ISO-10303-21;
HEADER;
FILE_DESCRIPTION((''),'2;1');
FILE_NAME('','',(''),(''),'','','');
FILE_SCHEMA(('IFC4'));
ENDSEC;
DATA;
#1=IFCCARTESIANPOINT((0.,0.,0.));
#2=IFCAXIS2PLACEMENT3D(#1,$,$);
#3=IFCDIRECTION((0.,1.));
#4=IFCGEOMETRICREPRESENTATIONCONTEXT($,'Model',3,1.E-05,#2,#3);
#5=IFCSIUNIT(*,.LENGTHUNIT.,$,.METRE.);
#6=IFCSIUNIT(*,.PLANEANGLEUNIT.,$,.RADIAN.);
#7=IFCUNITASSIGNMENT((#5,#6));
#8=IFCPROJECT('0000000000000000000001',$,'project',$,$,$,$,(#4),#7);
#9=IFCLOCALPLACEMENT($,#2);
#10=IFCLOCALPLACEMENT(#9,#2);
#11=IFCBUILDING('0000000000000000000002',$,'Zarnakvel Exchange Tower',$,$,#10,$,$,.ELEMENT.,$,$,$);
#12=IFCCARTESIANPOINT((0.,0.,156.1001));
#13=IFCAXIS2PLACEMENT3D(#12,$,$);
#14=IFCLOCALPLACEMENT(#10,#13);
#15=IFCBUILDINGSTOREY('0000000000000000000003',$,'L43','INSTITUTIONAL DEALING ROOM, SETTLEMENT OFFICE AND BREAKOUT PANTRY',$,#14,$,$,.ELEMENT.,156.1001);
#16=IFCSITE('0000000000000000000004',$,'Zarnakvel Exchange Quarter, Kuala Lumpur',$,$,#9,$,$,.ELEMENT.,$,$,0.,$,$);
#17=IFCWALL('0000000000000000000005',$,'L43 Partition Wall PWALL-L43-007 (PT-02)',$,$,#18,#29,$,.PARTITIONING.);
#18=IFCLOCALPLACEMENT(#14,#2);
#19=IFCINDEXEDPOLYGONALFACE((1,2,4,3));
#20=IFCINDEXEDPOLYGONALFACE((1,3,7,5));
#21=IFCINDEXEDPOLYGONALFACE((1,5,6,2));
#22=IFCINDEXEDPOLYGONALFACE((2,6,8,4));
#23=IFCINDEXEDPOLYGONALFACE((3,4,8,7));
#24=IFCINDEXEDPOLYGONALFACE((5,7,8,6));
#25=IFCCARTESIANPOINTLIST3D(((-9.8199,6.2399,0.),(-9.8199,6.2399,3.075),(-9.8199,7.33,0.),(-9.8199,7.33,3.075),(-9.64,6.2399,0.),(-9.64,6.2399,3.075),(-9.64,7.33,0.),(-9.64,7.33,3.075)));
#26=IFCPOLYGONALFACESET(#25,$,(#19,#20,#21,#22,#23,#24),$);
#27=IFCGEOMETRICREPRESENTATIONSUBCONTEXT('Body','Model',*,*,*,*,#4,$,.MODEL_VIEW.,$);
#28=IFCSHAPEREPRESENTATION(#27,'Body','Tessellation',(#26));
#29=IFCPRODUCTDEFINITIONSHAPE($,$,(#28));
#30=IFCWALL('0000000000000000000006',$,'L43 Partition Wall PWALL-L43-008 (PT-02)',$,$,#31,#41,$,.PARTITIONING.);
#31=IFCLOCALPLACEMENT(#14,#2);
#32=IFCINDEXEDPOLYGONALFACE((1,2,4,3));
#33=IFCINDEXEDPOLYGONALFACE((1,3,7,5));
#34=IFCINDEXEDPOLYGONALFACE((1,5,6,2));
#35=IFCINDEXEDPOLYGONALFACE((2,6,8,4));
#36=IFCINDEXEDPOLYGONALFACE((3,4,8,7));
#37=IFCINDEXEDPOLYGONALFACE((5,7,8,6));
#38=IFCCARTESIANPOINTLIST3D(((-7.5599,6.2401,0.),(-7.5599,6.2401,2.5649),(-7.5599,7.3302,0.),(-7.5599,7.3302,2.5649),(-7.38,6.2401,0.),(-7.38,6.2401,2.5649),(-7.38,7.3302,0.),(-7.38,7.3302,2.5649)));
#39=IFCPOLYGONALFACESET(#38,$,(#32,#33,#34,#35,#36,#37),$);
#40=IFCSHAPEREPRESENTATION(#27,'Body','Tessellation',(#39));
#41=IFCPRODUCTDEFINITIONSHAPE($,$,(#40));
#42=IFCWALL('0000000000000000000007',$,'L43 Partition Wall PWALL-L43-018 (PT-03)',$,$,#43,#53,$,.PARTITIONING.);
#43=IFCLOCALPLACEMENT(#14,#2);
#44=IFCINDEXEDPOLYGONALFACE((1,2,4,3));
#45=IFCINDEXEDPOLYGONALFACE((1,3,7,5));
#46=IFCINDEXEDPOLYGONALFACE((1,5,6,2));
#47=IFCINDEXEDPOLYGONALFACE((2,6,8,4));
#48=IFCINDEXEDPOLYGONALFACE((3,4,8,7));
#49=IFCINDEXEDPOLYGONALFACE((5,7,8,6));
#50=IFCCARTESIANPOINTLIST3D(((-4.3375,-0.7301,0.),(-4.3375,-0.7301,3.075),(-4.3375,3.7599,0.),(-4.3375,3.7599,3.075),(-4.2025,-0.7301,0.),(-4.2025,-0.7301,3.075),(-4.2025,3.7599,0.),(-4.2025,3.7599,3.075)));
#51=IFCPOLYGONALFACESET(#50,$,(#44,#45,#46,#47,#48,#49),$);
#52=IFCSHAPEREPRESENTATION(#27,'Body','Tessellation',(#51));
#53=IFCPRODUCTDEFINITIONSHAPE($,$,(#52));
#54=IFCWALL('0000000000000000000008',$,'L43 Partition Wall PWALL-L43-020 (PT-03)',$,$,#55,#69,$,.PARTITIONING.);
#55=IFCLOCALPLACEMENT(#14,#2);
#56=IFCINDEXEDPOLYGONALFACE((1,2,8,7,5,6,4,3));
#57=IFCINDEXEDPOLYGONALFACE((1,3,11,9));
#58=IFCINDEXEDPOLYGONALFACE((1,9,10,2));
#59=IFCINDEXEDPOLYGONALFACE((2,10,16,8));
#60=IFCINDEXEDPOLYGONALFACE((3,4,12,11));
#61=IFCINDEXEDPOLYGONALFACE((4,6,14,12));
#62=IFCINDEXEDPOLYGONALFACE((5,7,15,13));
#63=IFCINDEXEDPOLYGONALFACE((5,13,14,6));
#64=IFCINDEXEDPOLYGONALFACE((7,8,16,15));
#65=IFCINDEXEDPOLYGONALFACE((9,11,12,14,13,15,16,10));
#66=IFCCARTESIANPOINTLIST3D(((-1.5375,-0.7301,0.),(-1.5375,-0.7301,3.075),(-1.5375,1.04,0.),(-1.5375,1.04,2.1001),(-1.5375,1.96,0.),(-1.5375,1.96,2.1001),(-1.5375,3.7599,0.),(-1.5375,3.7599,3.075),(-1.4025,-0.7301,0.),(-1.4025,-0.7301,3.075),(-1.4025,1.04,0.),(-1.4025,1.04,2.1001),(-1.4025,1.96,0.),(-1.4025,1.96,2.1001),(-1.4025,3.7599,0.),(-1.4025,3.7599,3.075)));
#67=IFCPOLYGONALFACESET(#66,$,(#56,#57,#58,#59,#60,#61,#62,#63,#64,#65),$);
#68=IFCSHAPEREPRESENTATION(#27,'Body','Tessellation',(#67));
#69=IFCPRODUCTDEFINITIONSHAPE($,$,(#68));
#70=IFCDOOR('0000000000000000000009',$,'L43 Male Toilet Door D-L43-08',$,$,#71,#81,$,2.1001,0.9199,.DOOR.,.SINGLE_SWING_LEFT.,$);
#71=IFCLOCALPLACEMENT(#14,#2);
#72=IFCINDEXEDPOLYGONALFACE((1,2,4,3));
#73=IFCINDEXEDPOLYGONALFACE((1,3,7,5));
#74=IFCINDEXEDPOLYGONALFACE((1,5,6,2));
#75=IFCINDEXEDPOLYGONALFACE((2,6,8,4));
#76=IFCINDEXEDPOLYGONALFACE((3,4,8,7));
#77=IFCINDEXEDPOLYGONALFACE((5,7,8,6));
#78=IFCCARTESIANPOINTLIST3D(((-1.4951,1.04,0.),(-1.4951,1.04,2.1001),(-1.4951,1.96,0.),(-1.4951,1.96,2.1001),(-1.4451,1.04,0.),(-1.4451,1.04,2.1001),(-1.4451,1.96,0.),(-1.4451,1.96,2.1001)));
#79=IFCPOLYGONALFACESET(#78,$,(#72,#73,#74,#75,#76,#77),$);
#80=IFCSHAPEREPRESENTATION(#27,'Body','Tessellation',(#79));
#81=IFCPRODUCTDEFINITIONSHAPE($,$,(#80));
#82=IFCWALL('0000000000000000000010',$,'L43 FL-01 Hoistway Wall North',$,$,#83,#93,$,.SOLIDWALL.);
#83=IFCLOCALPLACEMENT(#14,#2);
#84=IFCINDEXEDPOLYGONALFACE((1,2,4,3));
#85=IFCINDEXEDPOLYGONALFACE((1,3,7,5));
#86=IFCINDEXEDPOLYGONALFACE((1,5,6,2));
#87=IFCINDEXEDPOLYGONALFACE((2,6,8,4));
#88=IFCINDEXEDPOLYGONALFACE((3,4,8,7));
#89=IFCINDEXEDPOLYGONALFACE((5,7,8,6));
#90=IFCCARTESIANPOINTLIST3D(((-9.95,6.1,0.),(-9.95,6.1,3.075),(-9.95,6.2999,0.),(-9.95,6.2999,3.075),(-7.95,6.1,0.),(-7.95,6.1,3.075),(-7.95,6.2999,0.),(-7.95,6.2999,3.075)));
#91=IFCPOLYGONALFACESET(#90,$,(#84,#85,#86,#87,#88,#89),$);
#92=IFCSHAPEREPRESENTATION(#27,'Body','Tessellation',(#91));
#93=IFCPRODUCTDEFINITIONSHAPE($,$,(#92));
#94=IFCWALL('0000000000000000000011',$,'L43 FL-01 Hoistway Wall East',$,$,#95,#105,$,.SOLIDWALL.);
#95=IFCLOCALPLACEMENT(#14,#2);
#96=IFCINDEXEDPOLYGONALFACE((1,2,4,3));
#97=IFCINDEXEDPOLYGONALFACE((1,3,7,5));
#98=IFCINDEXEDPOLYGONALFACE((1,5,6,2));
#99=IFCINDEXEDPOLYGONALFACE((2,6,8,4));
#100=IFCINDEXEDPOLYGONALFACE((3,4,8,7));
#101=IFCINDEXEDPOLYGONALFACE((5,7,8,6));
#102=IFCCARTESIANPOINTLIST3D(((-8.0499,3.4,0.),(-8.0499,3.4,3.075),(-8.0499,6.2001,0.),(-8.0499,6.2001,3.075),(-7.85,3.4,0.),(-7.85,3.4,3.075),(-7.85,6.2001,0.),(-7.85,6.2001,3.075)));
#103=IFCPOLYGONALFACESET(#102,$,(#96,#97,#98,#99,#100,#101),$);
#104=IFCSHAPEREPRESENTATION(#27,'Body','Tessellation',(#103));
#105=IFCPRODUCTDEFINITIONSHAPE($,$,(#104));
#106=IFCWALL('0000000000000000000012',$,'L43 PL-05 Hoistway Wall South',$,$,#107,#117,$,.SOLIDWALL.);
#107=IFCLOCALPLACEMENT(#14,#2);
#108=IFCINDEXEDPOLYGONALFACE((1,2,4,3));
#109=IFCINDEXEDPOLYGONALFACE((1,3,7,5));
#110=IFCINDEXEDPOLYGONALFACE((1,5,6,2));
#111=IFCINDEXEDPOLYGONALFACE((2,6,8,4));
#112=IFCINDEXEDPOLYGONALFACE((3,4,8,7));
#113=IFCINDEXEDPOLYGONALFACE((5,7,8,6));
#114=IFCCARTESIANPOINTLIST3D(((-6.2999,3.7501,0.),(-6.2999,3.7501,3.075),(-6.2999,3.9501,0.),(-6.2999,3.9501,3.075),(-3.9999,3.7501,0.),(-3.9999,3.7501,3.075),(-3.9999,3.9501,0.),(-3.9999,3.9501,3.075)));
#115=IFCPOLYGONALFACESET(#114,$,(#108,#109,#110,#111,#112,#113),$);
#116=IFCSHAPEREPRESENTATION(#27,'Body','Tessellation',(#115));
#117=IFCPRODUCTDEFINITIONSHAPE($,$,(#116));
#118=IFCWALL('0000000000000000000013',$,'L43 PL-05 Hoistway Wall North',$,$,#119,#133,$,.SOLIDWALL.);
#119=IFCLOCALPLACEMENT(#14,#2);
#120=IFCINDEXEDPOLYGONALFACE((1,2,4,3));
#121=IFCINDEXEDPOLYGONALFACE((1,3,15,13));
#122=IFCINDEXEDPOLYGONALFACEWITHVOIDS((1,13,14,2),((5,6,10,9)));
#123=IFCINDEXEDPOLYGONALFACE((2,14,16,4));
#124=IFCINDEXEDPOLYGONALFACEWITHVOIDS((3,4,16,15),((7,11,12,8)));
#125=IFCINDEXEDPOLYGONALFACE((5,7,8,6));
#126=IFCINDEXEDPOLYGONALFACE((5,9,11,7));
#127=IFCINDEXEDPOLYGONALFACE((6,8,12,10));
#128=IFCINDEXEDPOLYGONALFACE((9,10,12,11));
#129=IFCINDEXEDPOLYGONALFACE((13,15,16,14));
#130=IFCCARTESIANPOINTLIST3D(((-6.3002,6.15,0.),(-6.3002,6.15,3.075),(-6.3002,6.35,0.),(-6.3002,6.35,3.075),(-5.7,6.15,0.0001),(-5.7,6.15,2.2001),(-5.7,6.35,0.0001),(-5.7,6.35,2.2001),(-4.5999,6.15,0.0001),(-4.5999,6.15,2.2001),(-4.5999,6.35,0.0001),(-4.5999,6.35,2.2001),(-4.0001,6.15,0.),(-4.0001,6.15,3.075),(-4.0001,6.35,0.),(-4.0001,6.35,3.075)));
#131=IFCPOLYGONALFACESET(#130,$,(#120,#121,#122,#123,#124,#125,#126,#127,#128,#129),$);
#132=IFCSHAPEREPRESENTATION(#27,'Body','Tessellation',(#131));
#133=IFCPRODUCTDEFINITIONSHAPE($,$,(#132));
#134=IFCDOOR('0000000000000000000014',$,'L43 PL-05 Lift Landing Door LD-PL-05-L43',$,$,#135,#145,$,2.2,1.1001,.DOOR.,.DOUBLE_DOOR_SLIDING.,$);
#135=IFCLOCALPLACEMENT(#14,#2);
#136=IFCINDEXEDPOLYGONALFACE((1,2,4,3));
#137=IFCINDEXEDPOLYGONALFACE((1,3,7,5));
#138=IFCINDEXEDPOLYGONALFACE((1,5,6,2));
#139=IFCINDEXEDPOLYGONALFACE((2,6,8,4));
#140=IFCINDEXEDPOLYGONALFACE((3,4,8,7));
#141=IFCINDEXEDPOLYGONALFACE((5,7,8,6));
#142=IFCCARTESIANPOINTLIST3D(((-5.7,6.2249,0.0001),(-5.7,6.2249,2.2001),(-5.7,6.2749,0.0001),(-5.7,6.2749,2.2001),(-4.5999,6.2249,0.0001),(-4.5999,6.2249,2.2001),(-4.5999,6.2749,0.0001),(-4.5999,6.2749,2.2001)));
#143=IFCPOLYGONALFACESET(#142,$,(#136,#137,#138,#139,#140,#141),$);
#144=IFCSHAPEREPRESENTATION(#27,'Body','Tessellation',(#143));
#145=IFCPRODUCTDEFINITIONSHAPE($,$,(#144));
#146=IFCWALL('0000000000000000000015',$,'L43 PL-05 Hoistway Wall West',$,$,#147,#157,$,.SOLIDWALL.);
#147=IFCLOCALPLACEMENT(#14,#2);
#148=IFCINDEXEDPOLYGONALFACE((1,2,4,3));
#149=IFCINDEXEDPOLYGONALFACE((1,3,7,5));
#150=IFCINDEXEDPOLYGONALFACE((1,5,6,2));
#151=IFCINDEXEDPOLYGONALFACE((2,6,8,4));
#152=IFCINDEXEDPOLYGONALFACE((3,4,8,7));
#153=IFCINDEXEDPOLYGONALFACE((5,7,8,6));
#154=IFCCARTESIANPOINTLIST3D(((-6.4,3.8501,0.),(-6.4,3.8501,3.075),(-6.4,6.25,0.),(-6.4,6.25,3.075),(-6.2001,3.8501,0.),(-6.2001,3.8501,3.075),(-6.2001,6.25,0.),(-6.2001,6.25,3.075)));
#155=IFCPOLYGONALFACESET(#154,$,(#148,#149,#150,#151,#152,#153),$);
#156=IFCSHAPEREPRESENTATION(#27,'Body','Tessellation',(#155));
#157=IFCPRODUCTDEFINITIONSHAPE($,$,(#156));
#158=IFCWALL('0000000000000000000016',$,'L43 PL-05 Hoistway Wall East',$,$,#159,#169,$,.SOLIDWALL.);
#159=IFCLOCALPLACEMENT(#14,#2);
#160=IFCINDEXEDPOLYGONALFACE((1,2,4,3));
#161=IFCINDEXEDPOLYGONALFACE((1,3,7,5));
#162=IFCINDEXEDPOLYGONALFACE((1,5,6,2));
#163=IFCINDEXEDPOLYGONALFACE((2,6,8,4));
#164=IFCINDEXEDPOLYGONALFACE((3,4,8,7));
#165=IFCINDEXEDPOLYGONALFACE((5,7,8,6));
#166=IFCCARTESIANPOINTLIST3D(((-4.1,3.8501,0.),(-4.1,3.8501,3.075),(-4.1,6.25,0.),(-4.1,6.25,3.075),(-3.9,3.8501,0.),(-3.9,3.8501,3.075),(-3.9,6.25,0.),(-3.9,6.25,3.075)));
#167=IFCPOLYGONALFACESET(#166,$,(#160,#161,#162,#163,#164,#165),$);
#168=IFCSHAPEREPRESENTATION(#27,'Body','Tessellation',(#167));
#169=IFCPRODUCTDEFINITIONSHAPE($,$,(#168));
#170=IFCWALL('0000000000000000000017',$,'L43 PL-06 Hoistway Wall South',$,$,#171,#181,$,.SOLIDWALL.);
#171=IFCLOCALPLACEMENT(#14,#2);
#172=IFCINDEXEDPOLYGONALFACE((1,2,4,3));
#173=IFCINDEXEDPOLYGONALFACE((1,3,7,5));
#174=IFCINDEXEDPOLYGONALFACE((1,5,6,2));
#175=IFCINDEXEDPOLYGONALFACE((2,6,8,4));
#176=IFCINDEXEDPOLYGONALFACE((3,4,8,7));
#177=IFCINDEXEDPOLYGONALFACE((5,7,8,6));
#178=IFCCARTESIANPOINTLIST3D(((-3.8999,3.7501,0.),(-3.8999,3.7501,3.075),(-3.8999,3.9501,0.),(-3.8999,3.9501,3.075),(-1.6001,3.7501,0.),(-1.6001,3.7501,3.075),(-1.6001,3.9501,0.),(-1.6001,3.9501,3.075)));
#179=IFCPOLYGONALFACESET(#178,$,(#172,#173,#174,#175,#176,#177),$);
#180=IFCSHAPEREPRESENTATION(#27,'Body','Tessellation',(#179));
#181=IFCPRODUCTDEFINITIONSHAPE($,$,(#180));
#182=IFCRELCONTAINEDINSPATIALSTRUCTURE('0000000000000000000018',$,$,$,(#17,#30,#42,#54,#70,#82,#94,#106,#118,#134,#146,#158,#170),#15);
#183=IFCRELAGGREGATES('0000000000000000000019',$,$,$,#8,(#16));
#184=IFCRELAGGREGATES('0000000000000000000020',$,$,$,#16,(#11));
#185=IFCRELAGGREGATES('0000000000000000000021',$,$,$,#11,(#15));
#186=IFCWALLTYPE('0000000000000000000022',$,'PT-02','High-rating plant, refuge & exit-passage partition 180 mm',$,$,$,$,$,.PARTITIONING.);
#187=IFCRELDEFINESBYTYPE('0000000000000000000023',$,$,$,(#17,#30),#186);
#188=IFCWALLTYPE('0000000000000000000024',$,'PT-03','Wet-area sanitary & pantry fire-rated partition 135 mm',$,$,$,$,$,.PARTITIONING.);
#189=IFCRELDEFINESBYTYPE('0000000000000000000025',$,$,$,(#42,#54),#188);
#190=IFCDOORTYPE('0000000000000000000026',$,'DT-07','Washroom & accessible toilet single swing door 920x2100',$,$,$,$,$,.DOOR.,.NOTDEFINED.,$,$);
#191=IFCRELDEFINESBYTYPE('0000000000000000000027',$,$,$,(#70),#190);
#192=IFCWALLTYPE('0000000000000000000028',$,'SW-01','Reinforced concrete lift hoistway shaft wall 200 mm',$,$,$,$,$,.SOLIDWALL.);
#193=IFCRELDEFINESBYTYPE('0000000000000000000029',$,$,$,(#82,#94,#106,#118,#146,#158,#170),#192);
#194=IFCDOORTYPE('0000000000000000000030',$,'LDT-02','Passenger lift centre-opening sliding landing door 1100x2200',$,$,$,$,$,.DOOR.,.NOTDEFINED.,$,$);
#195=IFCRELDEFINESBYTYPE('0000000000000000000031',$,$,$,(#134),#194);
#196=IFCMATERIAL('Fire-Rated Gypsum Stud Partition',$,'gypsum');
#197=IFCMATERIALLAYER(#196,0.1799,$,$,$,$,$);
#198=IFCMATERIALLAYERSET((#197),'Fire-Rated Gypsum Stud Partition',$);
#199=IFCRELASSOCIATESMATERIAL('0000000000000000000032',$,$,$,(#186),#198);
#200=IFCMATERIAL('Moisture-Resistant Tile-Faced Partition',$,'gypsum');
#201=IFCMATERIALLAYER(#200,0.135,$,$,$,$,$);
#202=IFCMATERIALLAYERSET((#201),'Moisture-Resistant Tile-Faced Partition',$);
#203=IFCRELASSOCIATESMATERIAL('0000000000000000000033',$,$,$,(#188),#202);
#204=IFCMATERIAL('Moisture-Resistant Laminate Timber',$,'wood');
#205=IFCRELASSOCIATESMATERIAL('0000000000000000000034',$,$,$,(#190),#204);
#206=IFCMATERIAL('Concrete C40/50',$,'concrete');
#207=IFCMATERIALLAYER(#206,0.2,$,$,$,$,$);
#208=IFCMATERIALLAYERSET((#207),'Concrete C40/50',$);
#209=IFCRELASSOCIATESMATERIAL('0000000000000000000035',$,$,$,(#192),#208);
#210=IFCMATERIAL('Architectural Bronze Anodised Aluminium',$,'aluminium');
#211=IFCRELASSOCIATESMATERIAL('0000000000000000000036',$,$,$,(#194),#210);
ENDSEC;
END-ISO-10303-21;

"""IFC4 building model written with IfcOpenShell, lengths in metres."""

from ifc_helpers import new_model, si_unit, direction, frame, frame_2d, origin, place, context, subcontext, project, spatial, rectangle, extrude, source, transform, mapped, material, layer, layer_set, type_object, element, fill, save


model = new_model("IFC4")

# Units and contexts
model_context = context("Model", 3, precision=1e-05, world=origin(), true_north=direction((0.0, 1.0)))
body_context = subcontext(model_context, "Body", "Model", "MODEL_VIEW")
ifc_project = project(units=[si_unit("LENGTHUNIT", "METRE"), si_unit("PLANEANGLEUNIT", "RADIAN")], contexts=[model_context])

# Site, building, storey
site_placement = place(None, origin())
site = spatial("IfcSite", under=ifc_project, at=site_placement, Name="Zarnakvel Exchange Quarter, Kuala Lumpur", CompositionType="ELEMENT", RefElevation=0.0)
building_placement = place(site_placement, origin())
building = spatial("IfcBuilding", under=site, at=building_placement, Name="Zarnakvel Exchange Tower", CompositionType="ELEMENT")
storey_placement = place(building_placement, frame((0.0, 0.0, 156.1001)))
storey = spatial("IfcBuildingStorey", under=building, at=storey_placement, Name="L43", Description="INSTITUTIONAL DEALING ROOM, SETTLEMENT OFFICE AND BREAKOUT PANTRY", CompositionType="ELEMENT", Elevation=156.1001)

# Walls
ifc_material_1 = material(Name="Fire-Rated Gypsum Stud Partition", Category="gypsum")
ifc_layer_1 = layer(ifc_material_1, 0.1799)
ifc_layer_set_1 = layer_set([ifc_layer_1], Name="Fire-Rated Gypsum Stud Partition")
wall_type_1 = type_object("IfcWallType", Name="PT-02", Description="High-rating plant, refuge & exit-passage partition 180 mm", PredefinedType="PARTITIONING", material=ifc_layer_set_1)
wall_1_placement = place(storey_placement, frame((-9.73, 6.24, 0.0), z_axis=(0.0, 0.0, 1.0), x_axis=(0.0, 1.0, 0.0)))
element("IfcWall", 1, at=wall_1_placement, inside=storey, type_object=wall_type_1, Name="L43 Partition Wall PWALL-L43-007 (PT-02)", PredefinedType="PARTITIONING", context=body_context, shape_type="SweptSolid", body=[
    extrude(rectangle(XDim=1.0901, YDim=0.1799, at=frame_2d((0.5449, 0.0))), origin(), (0.0, 0.0, 1.0), 3.075),
])
wall_2_placement = place(storey_placement, frame((-7.47, 7.3301, 0.0), z_axis=(0.0, 0.0, 1.0), x_axis=(0.0, -1.0, 0.0)))
element("IfcWall", 2, at=wall_2_placement, inside=storey, type_object=wall_type_1, Name="L43 Partition Wall PWALL-L43-008 (PT-02)", PredefinedType="PARTITIONING", context=body_context, shape_type="SweptSolid", body=[
    extrude(rectangle(XDim=1.0901, YDim=0.1799, at=frame_2d((0.5449, 0.0))), origin(), (0.0, 0.0, 1.0), 2.5649),
])
ifc_material_2 = material(Name="Moisture-Resistant Tile-Faced Partition", Category="gypsum")
ifc_layer_2 = layer(ifc_material_2, 0.135)
ifc_layer_set_2 = layer_set([ifc_layer_2], Name="Moisture-Resistant Tile-Faced Partition")
wall_type_2 = type_object("IfcWallType", Name="PT-03", Description="Wet-area sanitary & pantry fire-rated partition 135 mm", PredefinedType="PARTITIONING", material=ifc_layer_set_2)
wall_3_placement = place(storey_placement, frame((-4.27, 3.76, 0.0), z_axis=(0.0, 0.0, 1.0), x_axis=(0.0, -1.0, 0.0)))
element("IfcWall", 3, at=wall_3_placement, inside=storey, type_object=wall_type_2, Name="L43 Partition Wall PWALL-L43-018 (PT-03)", PredefinedType="PARTITIONING", context=body_context, shape_type="SweptSolid", body=[
    extrude(rectangle(XDim=4.49, YDim=0.135, at=frame_2d((2.2451, 0.0))), origin(), (0.0, 0.0, 1.0), 3.075),
])

# Wall, opening, door
wall_4_placement = place(storey_placement, frame((-1.47, 3.76, 0.0), z_axis=(0.0, 0.0, 1.0), x_axis=(0.0, -1.0, 0.0)))
wall_4 = element("IfcWall", 4, at=wall_4_placement, inside=storey, type_object=wall_type_2, Name="L43 Partition Wall PWALL-L43-020 (PT-03)", PredefinedType="PARTITIONING", context=body_context, shape_type="SweptSolid", body=[
    extrude(rectangle(XDim=4.49, YDim=0.135, at=frame_2d((2.2451, 0.0))), origin(), (0.0, 0.0, 1.0), 3.075),
])
opening_1_placement = place(wall_4_placement, frame((1.8, 0.0, 0.0)))
opening_1 = element("IfcOpeningElement", 5, at=opening_1_placement, cuts=wall_4, PredefinedType="OPENING", context=body_context, shape_type="SweptSolid", body=[
    extrude(rectangle(XDim=0.9199, YDim=2.1001, at=frame_2d((0.46, 1.05))), frame((0.0, 0.0774, 0.0), z_axis=(0.0, -1.0, 0.0), x_axis=(1.0, 0.0, 0.0)), (0.0, 0.0, 1.0), 0.155),
])
ifc_material_3 = material(Name="Moisture-Resistant Laminate Timber", Category="wood")
door_type_1 = type_object("IfcDoorType", Name="DT-07", Description="Washroom & accessible toilet single swing door 920x2100", OperationType="NOTDEFINED", PredefinedType="DOOR", material=ifc_material_3)
shared_shape_1 = source(origin(), body_context, "Body", "SweptSolid", [
    extrude(rectangle(XDim=0.9199, YDim=2.1001, at=frame_2d((0.46, 1.05))), frame((0.0, 0.0249, 0.0), z_axis=(0.0, -1.0, 0.0), x_axis=(1.0, 0.0, 0.0)), (0.0, 0.0, 1.0), 0.05),
])
door_1_placement = place(opening_1_placement, origin())
door_1 = element("IfcDoor", 6, at=door_1_placement, inside=storey, type_object=door_type_1, Name="L43 Male Toilet Door D-L43-08", OperationType="SINGLE_SWING_LEFT", OverallHeight=2.1001, OverallWidth=0.9199, PredefinedType="DOOR", context=body_context, shape_type="MappedRepresentation", body=[
    mapped(shared_shape_1, transform((0.0, 0.0, 0.0), x_axis=(1.0, 0.0, 0.0), y_axis=(0.0, 1.0, 0.0), z_axis=(0.0, 0.0, 1.0), scale=1.0)),
])
fill(opening_1, door_1)

# Walls
ifc_material_4 = material(Name="Concrete C40/50", Category="concrete")
ifc_layer_3 = layer(ifc_material_4, 0.2)
ifc_layer_set_3 = layer_set([ifc_layer_3], Name="Concrete C40/50")
wall_type_3 = type_object("IfcWallType", Name="SW-01", Description="Reinforced concrete lift hoistway shaft wall 200 mm", PredefinedType="SOLIDWALL", material=ifc_layer_set_3)
wall_5_placement = place(storey_placement, frame((-9.95, 6.2, 0.0), z_axis=(0.0, 0.0, 1.0), x_axis=(1.0, 0.0, 0.0)))
element("IfcWall", 7, at=wall_5_placement, inside=storey, type_object=wall_type_3, Name="L43 FL-01 Hoistway Wall North", PredefinedType="SOLIDWALL", context=body_context, shape_type="SweptSolid", body=[
    extrude(rectangle(XDim=2.0, YDim=0.2, at=frame_2d((1.0, 0.0))), origin(), (0.0, 0.0, 1.0), 3.075),
])
wall_6_placement = place(storey_placement, frame((-7.95, 6.2, 0.0), z_axis=(0.0, 0.0, 1.0), x_axis=(0.0, -1.0, 0.0)))
element("IfcWall", 8, at=wall_6_placement, inside=storey, type_object=wall_type_3, Name="L43 FL-01 Hoistway Wall East", PredefinedType="SOLIDWALL", context=body_context, shape_type="SweptSolid", body=[
    extrude(rectangle(XDim=2.8, YDim=0.2, at=frame_2d((1.3999, 0.0))), origin(), (0.0, 0.0, 1.0), 3.075),
])
wall_7_placement = place(storey_placement, frame((-4.0, 3.8501, 0.0), z_axis=(0.0, 0.0, 1.0), x_axis=(-1.0, 0.0, 0.0)))
element("IfcWall", 9, at=wall_7_placement, inside=storey, type_object=wall_type_3, Name="L43 PL-05 Hoistway Wall South", PredefinedType="SOLIDWALL", context=body_context, shape_type="SweptSolid", body=[
    extrude(rectangle(XDim=2.3, YDim=0.2, at=frame_2d((1.1499, 0.0))), origin(), (0.0, 0.0, 1.0), 3.075),
])

# Wall, opening, door
wall_8_placement = place(storey_placement, frame((-6.3, 6.25, 0.0), z_axis=(0.0, 0.0, 1.0), x_axis=(1.0, 0.0, 0.0)))
wall_8 = element("IfcWall", 10, at=wall_8_placement, inside=storey, type_object=wall_type_3, Name="L43 PL-05 Hoistway Wall North", PredefinedType="SOLIDWALL", context=body_context, shape_type="SweptSolid", body=[
    extrude(rectangle(XDim=2.3, YDim=0.2, at=frame_2d((1.1499, 0.0))), origin(), (0.0, 0.0, 1.0), 3.075),
])
opening_2_placement = place(wall_8_placement, frame((0.6001, 0.0, 0.0)))
opening_2 = element("IfcOpeningElement", 11, at=opening_2_placement, cuts=wall_8, PredefinedType="OPENING", context=body_context, shape_type="SweptSolid", body=[
    extrude(rectangle(XDim=1.1001, YDim=2.2, at=frame_2d((0.55, 1.1001))), frame((0.0, 0.1099, 0.0), z_axis=(0.0, -1.0, 0.0), x_axis=(1.0, 0.0, 0.0)), (0.0, 0.0, 1.0), 0.22),
])
ifc_material_5 = material(Name="Architectural Bronze Anodised Aluminium", Category="aluminium")
door_type_2 = type_object("IfcDoorType", Name="LDT-02", Description="Passenger lift centre-opening sliding landing door 1100x2200", OperationType="NOTDEFINED", PredefinedType="DOOR", material=ifc_material_5)
shared_shape_2 = source(origin(), body_context, "Body", "SweptSolid", [
    extrude(rectangle(XDim=1.1001, YDim=2.2, at=frame_2d((0.55, 1.1001))), frame((0.0, 0.0249, 0.0), z_axis=(0.0, -1.0, 0.0), x_axis=(1.0, 0.0, 0.0)), (0.0, 0.0, 1.0), 0.05),
])
door_2_placement = place(opening_2_placement, origin())
door_2 = element("IfcDoor", 12, at=door_2_placement, inside=storey, type_object=door_type_2, Name="L43 PL-05 Lift Landing Door LD-PL-05-L43", OperationType="DOUBLE_DOOR_SLIDING", OverallHeight=2.2, OverallWidth=1.1001, PredefinedType="DOOR", context=body_context, shape_type="MappedRepresentation", body=[
    mapped(shared_shape_2, transform((0.0, 0.0, 0.0), x_axis=(1.0, 0.0, 0.0), y_axis=(0.0, 1.0, 0.0), z_axis=(0.0, 0.0, 1.0), scale=1.0)),
])
fill(opening_2, door_2)

# Walls
for number, where, z_axis, x_axis, name in (
    (13, (-6.3, 3.8501, 0.0), (0.0, 0.0, 1.0), (0.0, 1.0, 0.0), "L43 PL-05 Hoistway Wall West"),
    (14, (-4.0, 6.25, 0.0), (0.0, 0.0, 1.0), (0.0, -1.0, 0.0), "L43 PL-05 Hoistway Wall East"),
):
    element("IfcWall", number, at=place(storey_placement, frame(where, z_axis=z_axis, x_axis=x_axis)), inside=storey, type_object=wall_type_3, Name=name, PredefinedType="SOLIDWALL", context=body_context, shape_type="SweptSolid", body=[
        extrude(rectangle(XDim=2.3999, YDim=0.2, at=frame_2d((1.2, 0.0))), origin(), (0.0, 0.0, 1.0), 3.075),
    ])
wall_9_placement = place(storey_placement, frame((-1.6001, 3.8501, 0.0), z_axis=(0.0, 0.0, 1.0), x_axis=(-1.0, 0.0, 0.0)))
element("IfcWall", 15, at=wall_9_placement, inside=storey, type_object=wall_type_3, Name="L43 PL-06 Hoistway Wall South", PredefinedType="SOLIDWALL", context=body_context, shape_type="SweptSolid", body=[
    extrude(rectangle(XDim=2.2998, YDim=0.2, at=frame_2d((1.1499, 0.0))), origin(), (0.0, 0.0, 1.0), 3.075),
])

save(model, "model.ifc")
